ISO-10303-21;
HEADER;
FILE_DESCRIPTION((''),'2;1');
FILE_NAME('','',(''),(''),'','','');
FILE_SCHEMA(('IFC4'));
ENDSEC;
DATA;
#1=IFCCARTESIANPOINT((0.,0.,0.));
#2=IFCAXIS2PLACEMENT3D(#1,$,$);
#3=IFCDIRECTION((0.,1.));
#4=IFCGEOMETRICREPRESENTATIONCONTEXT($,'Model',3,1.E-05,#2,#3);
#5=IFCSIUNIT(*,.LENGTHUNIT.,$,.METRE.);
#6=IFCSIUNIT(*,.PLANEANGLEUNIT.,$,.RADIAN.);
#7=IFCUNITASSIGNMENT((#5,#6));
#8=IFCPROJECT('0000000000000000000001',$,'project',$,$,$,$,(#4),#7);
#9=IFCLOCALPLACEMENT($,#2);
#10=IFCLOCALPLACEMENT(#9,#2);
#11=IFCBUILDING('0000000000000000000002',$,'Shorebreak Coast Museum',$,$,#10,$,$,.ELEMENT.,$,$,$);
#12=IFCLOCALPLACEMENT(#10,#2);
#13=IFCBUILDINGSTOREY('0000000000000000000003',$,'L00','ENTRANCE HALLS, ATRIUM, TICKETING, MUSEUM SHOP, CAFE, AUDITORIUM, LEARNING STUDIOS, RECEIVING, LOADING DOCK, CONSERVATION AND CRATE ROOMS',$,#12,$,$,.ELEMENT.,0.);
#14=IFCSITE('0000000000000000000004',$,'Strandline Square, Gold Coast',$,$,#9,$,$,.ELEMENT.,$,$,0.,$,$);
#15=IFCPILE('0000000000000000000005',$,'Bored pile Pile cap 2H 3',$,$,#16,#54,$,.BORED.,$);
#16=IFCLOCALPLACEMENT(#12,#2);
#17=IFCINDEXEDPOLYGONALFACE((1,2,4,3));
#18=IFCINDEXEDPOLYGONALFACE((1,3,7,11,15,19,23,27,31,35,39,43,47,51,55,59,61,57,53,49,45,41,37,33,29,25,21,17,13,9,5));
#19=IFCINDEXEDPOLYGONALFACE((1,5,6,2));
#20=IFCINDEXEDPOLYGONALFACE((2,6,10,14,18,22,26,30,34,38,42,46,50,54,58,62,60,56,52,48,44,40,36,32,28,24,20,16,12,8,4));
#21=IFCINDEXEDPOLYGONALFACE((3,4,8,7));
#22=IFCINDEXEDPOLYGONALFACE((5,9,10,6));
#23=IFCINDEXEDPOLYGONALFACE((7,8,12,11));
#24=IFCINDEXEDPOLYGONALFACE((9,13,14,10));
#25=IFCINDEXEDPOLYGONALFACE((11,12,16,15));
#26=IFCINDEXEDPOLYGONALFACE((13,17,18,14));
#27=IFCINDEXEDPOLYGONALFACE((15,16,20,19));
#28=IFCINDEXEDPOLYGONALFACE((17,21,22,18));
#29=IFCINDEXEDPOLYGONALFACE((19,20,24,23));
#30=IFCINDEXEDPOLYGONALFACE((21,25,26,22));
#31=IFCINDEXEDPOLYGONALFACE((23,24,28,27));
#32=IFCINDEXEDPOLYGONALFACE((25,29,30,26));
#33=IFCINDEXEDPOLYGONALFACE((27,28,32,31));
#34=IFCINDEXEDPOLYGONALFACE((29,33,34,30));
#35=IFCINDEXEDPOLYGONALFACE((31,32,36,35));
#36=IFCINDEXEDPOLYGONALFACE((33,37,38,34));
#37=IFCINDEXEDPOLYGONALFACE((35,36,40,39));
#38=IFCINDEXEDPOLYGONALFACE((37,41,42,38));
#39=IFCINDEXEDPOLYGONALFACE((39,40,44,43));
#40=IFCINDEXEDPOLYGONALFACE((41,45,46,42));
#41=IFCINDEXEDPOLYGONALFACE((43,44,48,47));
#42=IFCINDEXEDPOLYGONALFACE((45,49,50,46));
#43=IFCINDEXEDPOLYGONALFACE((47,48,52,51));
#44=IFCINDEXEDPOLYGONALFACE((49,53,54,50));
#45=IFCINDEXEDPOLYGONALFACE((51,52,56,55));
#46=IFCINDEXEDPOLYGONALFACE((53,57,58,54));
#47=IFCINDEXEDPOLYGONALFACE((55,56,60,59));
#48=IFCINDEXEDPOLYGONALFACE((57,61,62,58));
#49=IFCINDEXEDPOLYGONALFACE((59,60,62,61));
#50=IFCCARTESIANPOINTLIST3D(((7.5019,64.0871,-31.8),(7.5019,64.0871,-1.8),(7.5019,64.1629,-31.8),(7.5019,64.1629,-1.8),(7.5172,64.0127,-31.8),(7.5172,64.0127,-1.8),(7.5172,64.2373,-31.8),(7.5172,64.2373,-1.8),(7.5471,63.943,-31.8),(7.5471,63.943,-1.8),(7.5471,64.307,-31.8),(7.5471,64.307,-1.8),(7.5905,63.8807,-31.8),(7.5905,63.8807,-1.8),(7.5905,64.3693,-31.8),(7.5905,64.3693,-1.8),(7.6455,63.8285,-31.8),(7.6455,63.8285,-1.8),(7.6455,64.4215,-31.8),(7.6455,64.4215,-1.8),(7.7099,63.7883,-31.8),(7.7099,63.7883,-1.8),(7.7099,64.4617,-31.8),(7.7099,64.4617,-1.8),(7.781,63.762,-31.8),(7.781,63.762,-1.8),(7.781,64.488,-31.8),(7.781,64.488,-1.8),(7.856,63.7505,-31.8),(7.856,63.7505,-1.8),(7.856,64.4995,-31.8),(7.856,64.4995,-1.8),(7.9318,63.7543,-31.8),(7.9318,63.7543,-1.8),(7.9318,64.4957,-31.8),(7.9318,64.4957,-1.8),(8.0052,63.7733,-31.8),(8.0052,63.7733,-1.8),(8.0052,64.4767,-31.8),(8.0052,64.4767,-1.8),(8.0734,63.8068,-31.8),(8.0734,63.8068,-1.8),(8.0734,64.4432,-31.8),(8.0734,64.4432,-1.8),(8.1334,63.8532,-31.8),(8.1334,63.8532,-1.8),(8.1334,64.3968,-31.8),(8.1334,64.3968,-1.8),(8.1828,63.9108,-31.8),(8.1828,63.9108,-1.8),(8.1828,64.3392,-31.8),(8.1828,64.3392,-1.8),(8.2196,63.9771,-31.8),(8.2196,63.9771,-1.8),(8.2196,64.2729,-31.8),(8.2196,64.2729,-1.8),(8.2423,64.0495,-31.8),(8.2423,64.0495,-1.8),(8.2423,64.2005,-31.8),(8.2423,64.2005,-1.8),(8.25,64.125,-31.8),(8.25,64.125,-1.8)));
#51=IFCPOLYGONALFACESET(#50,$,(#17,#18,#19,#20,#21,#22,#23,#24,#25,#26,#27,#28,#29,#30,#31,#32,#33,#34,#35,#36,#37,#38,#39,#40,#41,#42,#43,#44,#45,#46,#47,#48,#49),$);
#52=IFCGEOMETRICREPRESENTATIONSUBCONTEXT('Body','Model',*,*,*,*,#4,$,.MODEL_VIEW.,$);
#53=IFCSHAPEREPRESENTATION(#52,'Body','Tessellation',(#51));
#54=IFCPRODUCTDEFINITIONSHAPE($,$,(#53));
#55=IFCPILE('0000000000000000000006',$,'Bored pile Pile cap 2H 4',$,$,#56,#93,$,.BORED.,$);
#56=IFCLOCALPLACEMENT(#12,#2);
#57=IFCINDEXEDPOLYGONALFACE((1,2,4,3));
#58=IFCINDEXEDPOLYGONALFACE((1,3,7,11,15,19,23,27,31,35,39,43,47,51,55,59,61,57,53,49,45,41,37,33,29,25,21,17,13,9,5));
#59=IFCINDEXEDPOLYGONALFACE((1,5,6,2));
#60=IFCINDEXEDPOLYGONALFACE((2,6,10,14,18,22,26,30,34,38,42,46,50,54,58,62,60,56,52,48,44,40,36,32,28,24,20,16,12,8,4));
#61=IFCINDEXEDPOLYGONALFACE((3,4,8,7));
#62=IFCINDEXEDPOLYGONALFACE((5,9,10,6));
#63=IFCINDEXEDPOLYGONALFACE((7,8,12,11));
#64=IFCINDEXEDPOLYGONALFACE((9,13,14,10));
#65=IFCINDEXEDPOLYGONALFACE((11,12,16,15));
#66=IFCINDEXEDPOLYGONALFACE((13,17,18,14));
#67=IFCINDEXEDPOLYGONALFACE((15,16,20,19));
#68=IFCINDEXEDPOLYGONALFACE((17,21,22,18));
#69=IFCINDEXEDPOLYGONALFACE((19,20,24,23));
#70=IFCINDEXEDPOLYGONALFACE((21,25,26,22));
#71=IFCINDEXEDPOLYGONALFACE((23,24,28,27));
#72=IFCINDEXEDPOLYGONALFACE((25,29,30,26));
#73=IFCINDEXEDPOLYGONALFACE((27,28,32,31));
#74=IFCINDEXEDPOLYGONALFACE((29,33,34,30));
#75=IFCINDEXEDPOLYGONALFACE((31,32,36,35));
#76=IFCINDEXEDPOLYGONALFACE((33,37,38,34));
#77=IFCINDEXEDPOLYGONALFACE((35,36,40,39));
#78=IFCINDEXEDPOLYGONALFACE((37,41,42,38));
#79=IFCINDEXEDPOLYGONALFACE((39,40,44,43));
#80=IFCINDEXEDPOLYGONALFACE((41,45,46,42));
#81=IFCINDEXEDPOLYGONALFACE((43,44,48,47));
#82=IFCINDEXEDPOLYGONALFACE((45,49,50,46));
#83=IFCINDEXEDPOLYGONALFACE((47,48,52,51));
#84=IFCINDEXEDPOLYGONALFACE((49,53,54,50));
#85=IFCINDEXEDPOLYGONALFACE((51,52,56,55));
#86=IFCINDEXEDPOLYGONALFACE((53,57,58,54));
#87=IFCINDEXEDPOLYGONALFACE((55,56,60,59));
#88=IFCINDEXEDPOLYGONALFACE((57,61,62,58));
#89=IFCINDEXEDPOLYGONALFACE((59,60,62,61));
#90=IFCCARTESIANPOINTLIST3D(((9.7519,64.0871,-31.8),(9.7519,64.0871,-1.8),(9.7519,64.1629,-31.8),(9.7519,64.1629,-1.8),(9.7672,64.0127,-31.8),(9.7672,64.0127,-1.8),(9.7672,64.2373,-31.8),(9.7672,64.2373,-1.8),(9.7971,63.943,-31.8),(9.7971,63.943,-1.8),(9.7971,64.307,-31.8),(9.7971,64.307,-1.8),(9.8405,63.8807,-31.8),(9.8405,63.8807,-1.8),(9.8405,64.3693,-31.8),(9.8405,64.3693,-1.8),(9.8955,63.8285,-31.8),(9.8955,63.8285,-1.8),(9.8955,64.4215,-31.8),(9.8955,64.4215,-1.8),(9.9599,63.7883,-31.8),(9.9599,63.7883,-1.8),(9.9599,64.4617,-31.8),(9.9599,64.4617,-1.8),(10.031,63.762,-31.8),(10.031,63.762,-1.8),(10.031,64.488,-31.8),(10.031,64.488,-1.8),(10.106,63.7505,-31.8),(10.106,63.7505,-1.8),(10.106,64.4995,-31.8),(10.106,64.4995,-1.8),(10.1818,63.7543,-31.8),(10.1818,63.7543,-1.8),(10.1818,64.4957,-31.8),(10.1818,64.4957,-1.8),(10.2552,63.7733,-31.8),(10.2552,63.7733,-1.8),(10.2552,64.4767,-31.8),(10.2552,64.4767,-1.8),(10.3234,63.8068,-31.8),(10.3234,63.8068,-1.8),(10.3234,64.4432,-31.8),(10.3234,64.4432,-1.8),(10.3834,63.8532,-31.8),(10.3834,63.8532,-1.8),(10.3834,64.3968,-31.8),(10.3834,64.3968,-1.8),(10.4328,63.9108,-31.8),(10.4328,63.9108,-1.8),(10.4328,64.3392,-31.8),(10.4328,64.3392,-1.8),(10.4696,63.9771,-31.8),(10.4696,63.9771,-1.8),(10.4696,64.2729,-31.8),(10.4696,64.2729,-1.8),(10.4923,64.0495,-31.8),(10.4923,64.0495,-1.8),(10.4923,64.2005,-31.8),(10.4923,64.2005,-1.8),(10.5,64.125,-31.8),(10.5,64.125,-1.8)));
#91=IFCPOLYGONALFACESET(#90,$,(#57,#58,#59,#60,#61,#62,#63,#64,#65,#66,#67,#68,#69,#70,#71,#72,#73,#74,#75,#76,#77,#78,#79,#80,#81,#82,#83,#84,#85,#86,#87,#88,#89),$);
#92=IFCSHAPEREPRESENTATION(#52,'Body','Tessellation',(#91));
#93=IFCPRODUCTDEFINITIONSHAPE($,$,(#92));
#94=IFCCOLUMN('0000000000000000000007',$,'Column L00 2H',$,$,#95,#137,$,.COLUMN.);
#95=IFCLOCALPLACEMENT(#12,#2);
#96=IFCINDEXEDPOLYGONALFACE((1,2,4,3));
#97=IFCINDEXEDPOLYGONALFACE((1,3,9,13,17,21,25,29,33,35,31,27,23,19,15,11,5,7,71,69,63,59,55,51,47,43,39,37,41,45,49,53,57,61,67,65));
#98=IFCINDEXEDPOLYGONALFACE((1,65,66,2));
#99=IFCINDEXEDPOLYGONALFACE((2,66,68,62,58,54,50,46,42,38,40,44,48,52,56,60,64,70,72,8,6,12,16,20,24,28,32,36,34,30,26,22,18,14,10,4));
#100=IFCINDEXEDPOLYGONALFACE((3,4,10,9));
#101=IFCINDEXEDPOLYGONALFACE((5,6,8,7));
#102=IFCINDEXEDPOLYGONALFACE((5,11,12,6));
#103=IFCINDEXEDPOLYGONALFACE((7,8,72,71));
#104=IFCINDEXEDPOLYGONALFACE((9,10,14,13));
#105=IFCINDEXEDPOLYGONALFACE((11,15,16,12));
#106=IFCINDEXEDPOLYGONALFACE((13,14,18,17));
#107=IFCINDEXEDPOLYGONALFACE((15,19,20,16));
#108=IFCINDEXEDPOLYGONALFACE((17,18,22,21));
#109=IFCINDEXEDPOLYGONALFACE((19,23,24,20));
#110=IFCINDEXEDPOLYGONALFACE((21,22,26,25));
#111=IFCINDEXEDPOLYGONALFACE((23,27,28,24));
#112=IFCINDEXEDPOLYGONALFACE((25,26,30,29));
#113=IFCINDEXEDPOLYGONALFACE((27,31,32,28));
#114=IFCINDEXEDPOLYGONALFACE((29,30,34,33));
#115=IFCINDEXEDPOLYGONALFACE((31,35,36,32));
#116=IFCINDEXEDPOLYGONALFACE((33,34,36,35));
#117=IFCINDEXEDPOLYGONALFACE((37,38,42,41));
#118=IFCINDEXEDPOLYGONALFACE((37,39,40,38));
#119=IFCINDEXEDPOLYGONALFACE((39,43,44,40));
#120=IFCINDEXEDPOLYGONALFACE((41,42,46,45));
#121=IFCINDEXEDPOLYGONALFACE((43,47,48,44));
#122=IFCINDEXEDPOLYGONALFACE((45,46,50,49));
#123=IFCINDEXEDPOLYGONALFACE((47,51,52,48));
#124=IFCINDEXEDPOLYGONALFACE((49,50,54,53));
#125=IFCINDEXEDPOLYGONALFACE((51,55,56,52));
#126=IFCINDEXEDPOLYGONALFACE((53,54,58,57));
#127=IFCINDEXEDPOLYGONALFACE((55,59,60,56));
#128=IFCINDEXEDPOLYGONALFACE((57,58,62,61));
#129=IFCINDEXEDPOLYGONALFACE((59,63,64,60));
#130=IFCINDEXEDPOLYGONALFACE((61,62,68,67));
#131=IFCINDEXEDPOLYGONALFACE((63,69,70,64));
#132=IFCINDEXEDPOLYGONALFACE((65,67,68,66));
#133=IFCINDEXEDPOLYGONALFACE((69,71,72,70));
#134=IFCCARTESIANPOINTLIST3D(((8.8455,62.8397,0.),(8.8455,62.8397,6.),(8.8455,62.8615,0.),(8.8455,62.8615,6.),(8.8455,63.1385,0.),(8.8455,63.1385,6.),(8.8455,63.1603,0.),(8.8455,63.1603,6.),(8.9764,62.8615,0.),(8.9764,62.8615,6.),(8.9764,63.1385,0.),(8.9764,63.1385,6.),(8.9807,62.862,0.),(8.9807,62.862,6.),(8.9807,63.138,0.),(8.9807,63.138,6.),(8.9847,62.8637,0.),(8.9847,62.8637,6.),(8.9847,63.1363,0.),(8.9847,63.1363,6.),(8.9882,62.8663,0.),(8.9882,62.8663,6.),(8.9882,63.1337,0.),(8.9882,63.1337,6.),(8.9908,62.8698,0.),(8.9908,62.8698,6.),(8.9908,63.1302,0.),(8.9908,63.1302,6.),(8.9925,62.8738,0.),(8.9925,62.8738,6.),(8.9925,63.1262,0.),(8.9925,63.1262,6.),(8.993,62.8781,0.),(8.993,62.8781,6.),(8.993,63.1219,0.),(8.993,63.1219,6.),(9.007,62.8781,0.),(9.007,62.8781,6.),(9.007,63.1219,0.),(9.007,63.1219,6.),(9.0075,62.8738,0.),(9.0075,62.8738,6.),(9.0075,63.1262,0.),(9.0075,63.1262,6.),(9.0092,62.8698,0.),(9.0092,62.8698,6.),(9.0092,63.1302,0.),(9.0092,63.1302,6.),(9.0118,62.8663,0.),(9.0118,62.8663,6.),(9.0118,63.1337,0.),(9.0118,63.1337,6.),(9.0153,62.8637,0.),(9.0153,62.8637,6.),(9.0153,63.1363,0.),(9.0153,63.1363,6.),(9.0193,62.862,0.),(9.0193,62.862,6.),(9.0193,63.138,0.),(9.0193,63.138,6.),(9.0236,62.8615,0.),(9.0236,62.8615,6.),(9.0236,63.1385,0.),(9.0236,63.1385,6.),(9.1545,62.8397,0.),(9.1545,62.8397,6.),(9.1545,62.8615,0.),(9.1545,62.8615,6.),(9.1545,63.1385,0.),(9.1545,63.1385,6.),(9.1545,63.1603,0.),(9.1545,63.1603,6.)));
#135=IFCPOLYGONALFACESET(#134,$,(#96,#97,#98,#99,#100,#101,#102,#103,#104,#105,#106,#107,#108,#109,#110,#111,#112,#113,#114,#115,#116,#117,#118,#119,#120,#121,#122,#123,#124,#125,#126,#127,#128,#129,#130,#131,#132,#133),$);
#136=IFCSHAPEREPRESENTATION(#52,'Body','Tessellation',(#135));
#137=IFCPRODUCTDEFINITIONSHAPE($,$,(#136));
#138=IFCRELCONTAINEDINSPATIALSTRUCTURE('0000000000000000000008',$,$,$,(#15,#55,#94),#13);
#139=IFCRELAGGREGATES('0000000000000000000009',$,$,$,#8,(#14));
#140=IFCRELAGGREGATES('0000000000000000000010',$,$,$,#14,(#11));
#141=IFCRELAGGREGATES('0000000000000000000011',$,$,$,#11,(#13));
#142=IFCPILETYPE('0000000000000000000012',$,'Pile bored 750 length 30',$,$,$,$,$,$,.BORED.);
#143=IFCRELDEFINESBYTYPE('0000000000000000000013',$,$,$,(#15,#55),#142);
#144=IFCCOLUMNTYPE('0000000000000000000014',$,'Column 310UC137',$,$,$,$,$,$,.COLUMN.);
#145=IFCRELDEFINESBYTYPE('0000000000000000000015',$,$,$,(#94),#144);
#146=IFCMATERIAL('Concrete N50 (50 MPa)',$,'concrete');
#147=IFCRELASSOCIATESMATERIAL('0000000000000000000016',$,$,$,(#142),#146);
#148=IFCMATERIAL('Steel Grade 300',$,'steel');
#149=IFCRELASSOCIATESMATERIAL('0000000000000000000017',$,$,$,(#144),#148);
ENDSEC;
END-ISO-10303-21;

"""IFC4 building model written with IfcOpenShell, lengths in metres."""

from ifc_helpers import new_model, si_unit, direction, frame, origin, origin_2d, place, context, subcontext, project, spatial, circle, i_section, extrude, material, material_profile, profile_set, type_object, element, save


model = new_model("IFC4")

# Units and contexts
model_context = context("Model", 3, precision=1e-05, world=origin(), true_north=direction((0.0, 1.0)))
body_context = subcontext(model_context, "Body", "Model", "MODEL_VIEW")
ifc_project = project(units=[si_unit("LENGTHUNIT", "METRE"), si_unit("PLANEANGLEUNIT", "RADIAN")], contexts=[model_context])

# Site, building, storey
site_placement = place(None, origin())
site = spatial("IfcSite", under=ifc_project, at=site_placement, Name="Strandline Square, Gold Coast", CompositionType="ELEMENT", RefElevation=0.0)
building_placement = place(site_placement, origin())
building = spatial("IfcBuilding", under=site, at=building_placement, Name="Shorebreak Coast Museum", CompositionType="ELEMENT")
storey_placement = place(building_placement, origin())
storey = spatial("IfcBuildingStorey", under=building, at=storey_placement, Name="L00", Description="ENTRANCE HALLS, ATRIUM, TICKETING, MUSEUM SHOP, CAFE, AUDITORIUM, LEARNING STUDIOS, RECEIVING, LOADING DOCK, CONSERVATION AND CRATE ROOMS", CompositionType="ELEMENT", Elevation=0.0)

# Piles
ifc_material_1 = material(Name="Concrete N50 (50 MPa)", Category="concrete")
ifc_material_profile_1 = material_profile(ifc_material_1, circle(Radius=0.375, at=origin_2d()), Name="Pile bored 750 length 30")
ifc_profile_set_1 = profile_set([ifc_material_profile_1], Name="Concrete N50 (50 MPa)")
pile_type_1 = type_object("IfcPileType", Name="Pile bored 750 length 30", PredefinedType="BORED", material=ifc_profile_set_1)
for number, where, z_axis, x_axis, name in (
    (1, (7.875, 64.125, -1.8), (0.0, 0.0, -1.0), (1.0, 0.0, 0.0), "Bored pile Pile cap 2H 3"),
    (2, (10.125, 64.125, -1.8), (0.0, 0.0, -1.0), (1.0, 0.0, 0.0), "Bored pile Pile cap 2H 4"),
):
    element("IfcPile", number, at=place(storey_placement, frame(where, z_axis=z_axis, x_axis=x_axis)), inside=storey, type_object=pile_type_1, Name=name, PredefinedType="BORED", context=body_context, shape_type="SweptSolid", body=[
        extrude(circle(Radius=0.375, at=origin_2d()), origin(), (0.0, 0.0, 1.0), 30.0),
    ])

# Column
ifc_material_2 = material(Name="Steel Grade 300", Category="steel")
ifc_material_profile_2 = material_profile(ifc_material_2, i_section(OverallWidth=0.3091, OverallDepth=0.3206, WebThickness=0.0139, FlangeThickness=0.0217, FilletRadius=0.0166, at=origin_2d()), Name="310UC137")
ifc_profile_set_2 = profile_set([ifc_material_profile_2], Name="Steel Grade 300")
column_type = type_object("IfcColumnType", Name="Column 310UC137", PredefinedType="COLUMN", material=ifc_profile_set_2)
column_placement = place(storey_placement, frame((9.0, 63.0, 0.0), z_axis=(0.0, 0.0, 1.0), x_axis=(1.0, 0.0, 0.0)))
element("IfcColumn", 3, at=column_placement, inside=storey, type_object=column_type, Name="Column L00 2H", PredefinedType="COLUMN", context=body_context, shape_type="SweptSolid", body=[
    extrude(i_section(OverallWidth=0.3091, OverallDepth=0.3206, WebThickness=0.0139, FlangeThickness=0.0217, FilletRadius=0.0166, at=origin_2d()), origin(), (0.0, 0.0, 1.0), 6.0),
])

save(model, "model.ifc")
